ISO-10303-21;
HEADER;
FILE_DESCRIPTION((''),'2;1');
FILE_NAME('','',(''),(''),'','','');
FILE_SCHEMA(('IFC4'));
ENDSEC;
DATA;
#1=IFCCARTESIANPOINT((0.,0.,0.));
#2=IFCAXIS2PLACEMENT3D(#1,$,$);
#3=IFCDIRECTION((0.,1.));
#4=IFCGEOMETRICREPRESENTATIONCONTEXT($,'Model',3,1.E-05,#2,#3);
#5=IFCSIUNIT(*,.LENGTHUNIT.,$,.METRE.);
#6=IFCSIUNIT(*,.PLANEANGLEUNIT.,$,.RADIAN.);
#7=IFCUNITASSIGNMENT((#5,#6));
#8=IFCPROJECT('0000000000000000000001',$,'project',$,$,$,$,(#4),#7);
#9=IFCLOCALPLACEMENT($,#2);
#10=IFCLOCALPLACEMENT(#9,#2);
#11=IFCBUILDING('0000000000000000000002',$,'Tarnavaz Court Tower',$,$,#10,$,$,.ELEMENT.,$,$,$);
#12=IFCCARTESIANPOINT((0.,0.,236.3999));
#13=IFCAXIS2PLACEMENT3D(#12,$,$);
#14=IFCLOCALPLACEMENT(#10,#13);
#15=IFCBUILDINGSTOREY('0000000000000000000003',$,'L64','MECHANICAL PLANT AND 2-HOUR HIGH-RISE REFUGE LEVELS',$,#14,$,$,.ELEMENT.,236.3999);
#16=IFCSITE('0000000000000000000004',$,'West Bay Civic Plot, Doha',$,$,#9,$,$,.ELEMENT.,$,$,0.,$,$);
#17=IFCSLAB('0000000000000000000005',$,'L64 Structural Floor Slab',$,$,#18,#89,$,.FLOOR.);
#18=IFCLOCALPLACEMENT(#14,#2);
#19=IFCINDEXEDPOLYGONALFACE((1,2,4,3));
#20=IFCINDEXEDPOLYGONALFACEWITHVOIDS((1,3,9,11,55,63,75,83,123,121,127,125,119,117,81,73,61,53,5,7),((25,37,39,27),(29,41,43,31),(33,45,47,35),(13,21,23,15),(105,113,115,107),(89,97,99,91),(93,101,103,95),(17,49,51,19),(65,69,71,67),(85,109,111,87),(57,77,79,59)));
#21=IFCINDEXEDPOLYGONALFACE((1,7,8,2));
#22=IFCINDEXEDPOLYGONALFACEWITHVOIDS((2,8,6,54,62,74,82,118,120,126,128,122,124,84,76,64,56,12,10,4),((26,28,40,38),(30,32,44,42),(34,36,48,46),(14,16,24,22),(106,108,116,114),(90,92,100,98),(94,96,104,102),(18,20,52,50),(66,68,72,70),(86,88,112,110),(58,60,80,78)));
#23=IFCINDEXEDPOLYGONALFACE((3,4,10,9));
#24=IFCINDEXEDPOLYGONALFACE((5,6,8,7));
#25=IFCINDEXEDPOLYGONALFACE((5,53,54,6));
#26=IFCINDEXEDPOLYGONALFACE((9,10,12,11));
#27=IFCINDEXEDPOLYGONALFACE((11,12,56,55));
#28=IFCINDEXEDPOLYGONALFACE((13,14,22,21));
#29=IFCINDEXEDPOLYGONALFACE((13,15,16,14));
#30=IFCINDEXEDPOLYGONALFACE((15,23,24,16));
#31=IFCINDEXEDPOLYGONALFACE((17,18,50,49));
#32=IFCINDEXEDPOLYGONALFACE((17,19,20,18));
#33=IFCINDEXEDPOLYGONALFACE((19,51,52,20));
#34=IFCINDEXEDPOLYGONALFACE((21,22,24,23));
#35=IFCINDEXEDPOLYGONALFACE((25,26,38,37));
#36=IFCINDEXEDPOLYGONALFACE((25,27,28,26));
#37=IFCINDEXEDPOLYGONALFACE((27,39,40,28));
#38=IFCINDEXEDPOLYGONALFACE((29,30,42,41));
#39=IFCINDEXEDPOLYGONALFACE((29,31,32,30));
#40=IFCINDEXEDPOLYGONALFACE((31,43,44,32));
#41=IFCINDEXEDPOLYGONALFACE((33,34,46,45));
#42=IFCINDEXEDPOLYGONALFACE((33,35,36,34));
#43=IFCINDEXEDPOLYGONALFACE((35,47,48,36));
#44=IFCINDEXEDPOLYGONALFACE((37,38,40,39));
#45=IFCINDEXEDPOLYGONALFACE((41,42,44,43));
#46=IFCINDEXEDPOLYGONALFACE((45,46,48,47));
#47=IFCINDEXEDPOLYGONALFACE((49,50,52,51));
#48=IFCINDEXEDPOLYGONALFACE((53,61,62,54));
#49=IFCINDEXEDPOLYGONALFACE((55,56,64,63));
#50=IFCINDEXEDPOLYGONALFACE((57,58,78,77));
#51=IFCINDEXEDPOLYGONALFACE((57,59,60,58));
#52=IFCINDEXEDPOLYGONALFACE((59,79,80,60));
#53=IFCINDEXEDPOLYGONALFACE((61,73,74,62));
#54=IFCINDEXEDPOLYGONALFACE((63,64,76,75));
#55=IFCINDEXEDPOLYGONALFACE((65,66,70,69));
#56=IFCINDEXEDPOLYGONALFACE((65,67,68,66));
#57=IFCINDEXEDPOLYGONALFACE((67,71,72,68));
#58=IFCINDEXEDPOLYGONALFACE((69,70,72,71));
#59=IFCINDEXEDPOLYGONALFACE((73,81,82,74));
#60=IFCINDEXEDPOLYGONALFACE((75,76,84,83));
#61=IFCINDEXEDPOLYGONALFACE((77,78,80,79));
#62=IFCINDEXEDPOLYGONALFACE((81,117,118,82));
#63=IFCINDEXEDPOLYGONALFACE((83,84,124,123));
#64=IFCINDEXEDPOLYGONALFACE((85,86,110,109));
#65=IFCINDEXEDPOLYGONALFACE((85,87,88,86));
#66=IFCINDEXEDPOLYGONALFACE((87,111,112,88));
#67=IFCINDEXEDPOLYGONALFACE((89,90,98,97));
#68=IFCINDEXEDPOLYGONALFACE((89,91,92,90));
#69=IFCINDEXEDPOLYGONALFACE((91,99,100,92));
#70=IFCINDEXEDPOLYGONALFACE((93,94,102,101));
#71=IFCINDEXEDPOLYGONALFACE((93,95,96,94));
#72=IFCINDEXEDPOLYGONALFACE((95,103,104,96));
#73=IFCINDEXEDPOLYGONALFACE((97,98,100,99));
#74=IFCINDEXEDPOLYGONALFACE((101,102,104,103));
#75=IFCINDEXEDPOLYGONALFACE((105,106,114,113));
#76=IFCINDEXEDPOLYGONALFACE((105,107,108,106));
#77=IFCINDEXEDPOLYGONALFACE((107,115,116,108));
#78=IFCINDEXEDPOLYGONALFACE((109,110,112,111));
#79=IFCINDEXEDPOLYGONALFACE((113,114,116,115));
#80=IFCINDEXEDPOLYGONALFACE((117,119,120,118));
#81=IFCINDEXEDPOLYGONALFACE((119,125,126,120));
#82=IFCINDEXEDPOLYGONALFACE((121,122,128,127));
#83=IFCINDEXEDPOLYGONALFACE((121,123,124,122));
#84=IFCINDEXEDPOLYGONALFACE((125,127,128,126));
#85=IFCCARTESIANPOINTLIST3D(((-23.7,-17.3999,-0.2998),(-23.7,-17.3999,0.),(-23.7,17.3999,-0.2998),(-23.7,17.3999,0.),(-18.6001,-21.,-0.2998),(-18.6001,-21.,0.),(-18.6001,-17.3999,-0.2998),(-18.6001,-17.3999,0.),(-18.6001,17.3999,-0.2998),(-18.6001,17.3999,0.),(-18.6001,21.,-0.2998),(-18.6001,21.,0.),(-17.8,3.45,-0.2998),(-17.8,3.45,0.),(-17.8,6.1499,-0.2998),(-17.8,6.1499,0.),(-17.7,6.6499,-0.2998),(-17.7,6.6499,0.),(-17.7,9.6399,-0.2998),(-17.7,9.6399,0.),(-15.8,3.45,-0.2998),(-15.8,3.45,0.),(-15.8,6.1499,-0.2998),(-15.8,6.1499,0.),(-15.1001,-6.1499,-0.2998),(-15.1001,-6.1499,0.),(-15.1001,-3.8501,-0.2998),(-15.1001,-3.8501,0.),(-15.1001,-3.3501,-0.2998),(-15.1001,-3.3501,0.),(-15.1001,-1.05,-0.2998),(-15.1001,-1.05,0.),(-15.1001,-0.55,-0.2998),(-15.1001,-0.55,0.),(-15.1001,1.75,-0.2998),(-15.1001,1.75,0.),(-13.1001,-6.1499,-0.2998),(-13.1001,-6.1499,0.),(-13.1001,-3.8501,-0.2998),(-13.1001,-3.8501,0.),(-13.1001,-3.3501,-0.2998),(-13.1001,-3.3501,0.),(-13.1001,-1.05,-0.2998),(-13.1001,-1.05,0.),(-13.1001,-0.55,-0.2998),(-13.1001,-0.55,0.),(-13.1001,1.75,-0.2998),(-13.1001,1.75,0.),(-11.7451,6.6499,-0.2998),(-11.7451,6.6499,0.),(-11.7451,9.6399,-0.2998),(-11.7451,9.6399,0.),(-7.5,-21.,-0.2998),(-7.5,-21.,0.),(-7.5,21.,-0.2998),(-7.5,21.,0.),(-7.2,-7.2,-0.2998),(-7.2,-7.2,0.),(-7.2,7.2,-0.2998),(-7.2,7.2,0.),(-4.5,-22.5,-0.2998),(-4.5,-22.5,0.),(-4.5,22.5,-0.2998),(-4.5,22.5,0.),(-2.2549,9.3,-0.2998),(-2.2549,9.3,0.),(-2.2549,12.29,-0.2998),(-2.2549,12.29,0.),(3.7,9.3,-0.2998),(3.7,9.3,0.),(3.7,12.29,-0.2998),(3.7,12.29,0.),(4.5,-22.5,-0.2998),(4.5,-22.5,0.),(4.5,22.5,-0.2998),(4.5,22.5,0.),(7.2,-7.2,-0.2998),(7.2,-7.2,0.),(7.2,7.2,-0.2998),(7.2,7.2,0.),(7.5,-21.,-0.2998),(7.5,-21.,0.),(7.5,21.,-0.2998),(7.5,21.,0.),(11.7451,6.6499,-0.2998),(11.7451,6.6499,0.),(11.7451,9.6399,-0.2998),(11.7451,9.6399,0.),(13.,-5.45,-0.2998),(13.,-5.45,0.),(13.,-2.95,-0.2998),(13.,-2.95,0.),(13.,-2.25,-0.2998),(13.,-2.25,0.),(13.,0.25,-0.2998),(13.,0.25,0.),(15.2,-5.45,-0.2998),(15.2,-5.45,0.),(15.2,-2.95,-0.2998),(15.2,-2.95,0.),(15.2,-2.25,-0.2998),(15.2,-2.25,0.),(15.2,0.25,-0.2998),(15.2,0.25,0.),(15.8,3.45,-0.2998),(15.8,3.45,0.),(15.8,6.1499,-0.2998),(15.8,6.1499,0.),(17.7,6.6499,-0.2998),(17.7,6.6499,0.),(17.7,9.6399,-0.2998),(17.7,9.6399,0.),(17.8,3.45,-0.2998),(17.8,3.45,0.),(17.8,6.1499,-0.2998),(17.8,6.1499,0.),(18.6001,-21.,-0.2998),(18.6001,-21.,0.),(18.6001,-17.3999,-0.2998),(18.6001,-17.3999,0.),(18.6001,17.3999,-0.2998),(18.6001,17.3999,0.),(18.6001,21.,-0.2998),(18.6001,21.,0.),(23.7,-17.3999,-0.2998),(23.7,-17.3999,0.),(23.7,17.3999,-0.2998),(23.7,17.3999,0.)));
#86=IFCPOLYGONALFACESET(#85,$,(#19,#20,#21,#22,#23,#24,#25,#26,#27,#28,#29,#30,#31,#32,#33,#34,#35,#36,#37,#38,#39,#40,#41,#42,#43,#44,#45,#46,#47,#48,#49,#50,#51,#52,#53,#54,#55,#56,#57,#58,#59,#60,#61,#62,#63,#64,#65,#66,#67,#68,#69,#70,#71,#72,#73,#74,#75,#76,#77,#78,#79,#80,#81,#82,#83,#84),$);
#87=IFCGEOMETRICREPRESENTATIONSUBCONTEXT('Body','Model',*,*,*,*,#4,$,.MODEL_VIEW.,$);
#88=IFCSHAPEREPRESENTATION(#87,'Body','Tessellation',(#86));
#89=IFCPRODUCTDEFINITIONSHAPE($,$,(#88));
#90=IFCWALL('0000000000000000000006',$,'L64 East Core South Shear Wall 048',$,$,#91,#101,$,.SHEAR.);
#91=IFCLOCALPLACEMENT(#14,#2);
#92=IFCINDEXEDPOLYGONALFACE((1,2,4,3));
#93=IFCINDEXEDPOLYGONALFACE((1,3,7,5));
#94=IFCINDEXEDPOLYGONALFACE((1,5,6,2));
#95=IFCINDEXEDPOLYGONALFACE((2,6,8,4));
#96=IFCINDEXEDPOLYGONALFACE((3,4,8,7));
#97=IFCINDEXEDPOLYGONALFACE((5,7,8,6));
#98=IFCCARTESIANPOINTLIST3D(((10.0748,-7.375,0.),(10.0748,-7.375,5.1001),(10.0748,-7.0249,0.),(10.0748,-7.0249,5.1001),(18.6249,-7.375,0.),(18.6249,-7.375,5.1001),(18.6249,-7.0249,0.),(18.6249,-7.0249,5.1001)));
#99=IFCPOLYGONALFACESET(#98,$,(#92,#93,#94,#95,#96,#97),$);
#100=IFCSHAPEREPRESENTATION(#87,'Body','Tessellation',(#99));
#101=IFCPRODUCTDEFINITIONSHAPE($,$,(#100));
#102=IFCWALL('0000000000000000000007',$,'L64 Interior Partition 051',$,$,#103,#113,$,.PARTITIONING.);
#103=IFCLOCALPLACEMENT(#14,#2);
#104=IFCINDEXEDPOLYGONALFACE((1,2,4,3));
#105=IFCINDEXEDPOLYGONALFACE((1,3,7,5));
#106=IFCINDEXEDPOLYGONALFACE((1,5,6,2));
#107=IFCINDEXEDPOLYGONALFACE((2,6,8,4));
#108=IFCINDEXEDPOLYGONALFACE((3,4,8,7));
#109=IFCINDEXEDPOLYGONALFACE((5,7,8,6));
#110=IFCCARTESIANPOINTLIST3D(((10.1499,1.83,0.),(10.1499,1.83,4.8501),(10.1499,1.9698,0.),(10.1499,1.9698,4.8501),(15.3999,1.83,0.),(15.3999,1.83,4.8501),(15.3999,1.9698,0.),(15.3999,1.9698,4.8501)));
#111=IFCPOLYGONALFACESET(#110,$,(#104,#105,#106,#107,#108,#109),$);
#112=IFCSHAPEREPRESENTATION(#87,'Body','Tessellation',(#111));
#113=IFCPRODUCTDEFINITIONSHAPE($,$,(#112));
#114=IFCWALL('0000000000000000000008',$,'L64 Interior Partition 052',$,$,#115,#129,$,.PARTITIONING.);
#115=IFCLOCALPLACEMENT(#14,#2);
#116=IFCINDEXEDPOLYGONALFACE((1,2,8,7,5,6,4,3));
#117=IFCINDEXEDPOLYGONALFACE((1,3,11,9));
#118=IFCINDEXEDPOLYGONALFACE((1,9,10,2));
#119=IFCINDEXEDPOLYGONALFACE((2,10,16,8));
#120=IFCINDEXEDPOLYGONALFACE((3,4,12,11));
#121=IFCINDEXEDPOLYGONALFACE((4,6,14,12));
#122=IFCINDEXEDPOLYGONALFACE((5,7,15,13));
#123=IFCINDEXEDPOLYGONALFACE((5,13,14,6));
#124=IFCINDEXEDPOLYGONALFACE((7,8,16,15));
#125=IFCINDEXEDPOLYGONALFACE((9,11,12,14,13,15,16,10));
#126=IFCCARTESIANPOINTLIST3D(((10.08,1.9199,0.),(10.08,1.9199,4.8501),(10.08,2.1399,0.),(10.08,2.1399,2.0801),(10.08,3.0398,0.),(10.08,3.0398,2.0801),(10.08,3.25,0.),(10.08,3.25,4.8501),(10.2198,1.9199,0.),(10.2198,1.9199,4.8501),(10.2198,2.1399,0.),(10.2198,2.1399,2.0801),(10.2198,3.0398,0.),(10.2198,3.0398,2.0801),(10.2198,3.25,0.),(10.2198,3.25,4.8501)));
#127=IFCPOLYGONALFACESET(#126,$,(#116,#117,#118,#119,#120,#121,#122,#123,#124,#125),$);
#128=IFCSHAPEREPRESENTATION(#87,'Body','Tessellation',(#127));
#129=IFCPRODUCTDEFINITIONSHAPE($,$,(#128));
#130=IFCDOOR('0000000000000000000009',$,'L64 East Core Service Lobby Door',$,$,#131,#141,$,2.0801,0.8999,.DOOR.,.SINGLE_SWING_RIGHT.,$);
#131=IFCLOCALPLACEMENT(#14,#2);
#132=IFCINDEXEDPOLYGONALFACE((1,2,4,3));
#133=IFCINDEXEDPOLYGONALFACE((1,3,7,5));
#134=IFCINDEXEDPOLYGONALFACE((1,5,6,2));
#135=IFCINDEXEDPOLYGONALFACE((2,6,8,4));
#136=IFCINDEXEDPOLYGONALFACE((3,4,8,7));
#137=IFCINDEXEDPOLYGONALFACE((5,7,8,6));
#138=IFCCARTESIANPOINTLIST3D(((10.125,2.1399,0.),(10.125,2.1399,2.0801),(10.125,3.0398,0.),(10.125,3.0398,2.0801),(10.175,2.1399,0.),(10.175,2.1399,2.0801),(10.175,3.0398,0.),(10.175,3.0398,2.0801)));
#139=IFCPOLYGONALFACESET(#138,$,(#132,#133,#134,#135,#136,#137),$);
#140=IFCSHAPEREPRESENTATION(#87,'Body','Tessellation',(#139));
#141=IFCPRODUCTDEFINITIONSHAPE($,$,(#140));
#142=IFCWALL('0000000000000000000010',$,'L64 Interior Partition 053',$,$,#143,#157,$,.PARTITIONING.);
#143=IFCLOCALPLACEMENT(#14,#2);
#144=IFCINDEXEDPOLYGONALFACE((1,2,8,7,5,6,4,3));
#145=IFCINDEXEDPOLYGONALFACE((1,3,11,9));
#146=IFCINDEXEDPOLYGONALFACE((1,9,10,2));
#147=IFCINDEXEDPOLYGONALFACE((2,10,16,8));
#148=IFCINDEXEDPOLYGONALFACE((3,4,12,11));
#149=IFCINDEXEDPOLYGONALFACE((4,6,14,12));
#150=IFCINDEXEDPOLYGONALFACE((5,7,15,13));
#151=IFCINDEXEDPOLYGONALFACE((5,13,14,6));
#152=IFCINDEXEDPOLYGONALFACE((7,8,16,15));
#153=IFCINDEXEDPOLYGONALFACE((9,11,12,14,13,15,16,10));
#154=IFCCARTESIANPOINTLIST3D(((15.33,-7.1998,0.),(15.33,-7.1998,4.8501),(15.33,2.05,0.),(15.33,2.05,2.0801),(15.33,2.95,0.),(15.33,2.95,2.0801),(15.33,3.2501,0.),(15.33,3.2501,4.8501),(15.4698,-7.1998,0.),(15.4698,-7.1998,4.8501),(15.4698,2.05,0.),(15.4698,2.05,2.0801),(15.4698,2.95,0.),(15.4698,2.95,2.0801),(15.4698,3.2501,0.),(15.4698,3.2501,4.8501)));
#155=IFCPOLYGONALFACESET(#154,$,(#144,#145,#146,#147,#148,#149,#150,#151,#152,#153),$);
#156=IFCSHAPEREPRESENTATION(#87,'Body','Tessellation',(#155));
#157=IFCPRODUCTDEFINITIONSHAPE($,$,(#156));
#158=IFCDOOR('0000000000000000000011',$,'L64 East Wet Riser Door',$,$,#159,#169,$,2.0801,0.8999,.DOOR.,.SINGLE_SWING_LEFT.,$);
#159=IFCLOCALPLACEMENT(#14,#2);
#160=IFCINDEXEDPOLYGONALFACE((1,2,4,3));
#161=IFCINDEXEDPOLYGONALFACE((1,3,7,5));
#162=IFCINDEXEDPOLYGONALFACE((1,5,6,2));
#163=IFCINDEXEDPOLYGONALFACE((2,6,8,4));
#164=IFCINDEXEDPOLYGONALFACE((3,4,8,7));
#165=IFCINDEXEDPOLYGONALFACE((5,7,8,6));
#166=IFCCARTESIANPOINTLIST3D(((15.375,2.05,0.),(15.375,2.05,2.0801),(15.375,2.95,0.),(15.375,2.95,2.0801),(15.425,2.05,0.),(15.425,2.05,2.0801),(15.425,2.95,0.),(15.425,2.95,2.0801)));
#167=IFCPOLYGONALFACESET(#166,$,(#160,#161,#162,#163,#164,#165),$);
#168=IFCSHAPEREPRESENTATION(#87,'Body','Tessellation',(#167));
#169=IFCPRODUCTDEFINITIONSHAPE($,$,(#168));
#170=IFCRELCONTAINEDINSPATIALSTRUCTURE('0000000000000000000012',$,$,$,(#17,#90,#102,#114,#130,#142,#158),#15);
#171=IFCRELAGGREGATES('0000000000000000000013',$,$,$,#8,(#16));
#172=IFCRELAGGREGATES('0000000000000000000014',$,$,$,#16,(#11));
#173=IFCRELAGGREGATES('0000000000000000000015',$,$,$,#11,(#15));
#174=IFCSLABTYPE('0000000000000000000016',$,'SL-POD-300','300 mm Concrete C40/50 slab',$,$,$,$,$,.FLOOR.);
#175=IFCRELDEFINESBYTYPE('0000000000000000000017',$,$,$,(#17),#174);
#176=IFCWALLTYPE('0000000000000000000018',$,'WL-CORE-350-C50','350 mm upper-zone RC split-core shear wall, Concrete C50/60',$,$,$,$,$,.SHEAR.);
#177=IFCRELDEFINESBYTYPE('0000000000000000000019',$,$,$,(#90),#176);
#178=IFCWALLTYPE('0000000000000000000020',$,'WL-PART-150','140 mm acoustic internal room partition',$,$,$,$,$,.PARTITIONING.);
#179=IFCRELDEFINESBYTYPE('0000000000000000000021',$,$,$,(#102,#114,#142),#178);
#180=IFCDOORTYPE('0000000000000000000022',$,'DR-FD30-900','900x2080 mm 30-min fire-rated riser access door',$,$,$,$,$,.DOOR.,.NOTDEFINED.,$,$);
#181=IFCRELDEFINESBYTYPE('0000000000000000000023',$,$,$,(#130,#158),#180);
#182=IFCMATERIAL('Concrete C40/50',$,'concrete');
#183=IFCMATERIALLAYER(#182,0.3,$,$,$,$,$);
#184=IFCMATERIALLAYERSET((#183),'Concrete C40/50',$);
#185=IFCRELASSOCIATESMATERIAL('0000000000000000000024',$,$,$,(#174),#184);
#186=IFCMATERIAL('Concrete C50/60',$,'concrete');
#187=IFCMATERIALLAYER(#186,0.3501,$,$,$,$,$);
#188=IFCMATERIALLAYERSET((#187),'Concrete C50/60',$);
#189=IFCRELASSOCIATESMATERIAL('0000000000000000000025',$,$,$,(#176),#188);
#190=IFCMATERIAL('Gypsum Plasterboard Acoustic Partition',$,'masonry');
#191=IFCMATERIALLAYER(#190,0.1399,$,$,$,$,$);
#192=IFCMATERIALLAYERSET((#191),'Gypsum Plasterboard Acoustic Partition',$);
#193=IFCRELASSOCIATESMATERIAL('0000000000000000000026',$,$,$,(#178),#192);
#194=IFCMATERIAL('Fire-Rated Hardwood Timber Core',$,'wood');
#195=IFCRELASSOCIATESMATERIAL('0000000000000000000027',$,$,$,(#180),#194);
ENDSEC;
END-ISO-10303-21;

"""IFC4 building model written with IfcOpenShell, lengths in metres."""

from ifc_helpers import new_model, si_unit, direction, frame, frame_2d, origin, place, context, subcontext, project, spatial, polyline, rectangle, outline, extrude, material, layer, layer_set, type_object, element, fill, save


model = new_model("IFC4")

# Units and contexts
model_context = context("Model", 3, precision=1e-05, world=origin(), true_north=direction((0.0, 1.0)))
body_context = subcontext(model_context, "Body", "Model", "MODEL_VIEW")
ifc_project = project(units=[si_unit("LENGTHUNIT", "METRE"), si_unit("PLANEANGLEUNIT", "RADIAN")], contexts=[model_context])

# Site, building, storey
site_placement = place(None, origin())
site = spatial("IfcSite", under=ifc_project, at=site_placement, Name="West Bay Civic Plot, Doha", CompositionType="ELEMENT", RefElevation=0.0)
building_placement = place(site_placement, origin())
building = spatial("IfcBuilding", under=site, at=building_placement, Name="Tarnavaz Court Tower", CompositionType="ELEMENT")
storey_placement = place(building_placement, frame((0.0, 0.0, 236.3999)))
storey = spatial("IfcBuildingStorey", under=building, at=storey_placement, Name="L64", Description="MECHANICAL PLANT AND 2-HOUR HIGH-RISE REFUGE LEVELS", CompositionType="ELEMENT", Elevation=236.3999)

# Shared definitions
ifc_material_1 = material(Name="Concrete C50/60", Category="concrete")

# Shared definitions
ifc_material_2 = material(Name="Concrete C40/50", Category="concrete")

# Slab
ifc_layer_1 = layer(ifc_material_2, 0.3)
ifc_layer_set_1 = layer_set([ifc_layer_1], Name="Concrete C40/50")
slab_type_1 = type_object("IfcSlabType", Name="SL-POD-300", Description="300 mm Concrete C40/50 slab", PredefinedType="FLOOR", material=ifc_layer_set_1)
slab_1_placement = place(storey_placement, frame((0.0, 0.0, -0.2998)))
element("IfcSlab", 1, at=slab_1_placement, inside=storey, type_object=slab_type_1, Name="L64 Structural Floor Slab", PredefinedType="FLOOR", context=body_context, shape_type="SweptSolid", body=[
    extrude(outline(polyline([(-18.6001, -21.0), (-7.5, -21.0), (-4.5, -22.5), (4.5, -22.5), (7.5, -21.0), (18.6001, -21.0), (18.6001, -17.3999), (23.7, -17.3999), (23.7, 17.3999), (18.6001, 17.3999), (18.6001, 21.0), (7.5, 21.0), (4.5, 22.5), (-4.5, 22.5), (-7.5, 21.0), (-18.6001, 21.0), (-18.6001, 17.3999), (-23.7, 17.3999), (-23.7, -17.3999), (-18.6001, -17.3999), (-18.6001, -21.0)]), holes=[polyline([(-7.2, -7.2), (7.2, -7.2), (7.2, 7.2), (-7.2, 7.2), (-7.2, -7.2)]), polyline([(-11.7451, 9.6399), (-17.7, 9.6399), (-17.7, 6.6499), (-11.7451, 6.6499), (-11.7451, 9.6399)]), polyline([(11.7451, 6.6499), (17.7, 6.6499), (17.7, 9.6399), (11.7451, 9.6399), (11.7451, 6.6499)]), polyline([(-2.2549, 9.3), (3.7, 9.3), (3.7, 12.29), (-2.2549, 12.29), (-2.2549, 9.3)]), polyline([(-17.8, 3.45), (-15.8, 3.45), (-15.8, 6.1499), (-17.8, 6.1499), (-17.8, 3.45)]), polyline([(-15.1001, -6.1499), (-13.1001, -6.1499), (-13.1001, -3.8501), (-15.1001, -3.8501), (-15.1001, -6.1499)]), polyline([(-15.1001, -3.3501), (-13.1001, -3.3501), (-13.1001, -1.05), (-15.1001, -1.05), (-15.1001, -3.3501)]), polyline([(-15.1001, -0.55), (-13.1001, -0.55), (-13.1001, 1.75), (-15.1001, 1.75), (-15.1001, -0.55)]), polyline([(15.8, 3.45), (17.8, 3.45), (17.8, 6.1499), (15.8, 6.1499), (15.8, 3.45)]), polyline([(13.0, -5.45), (15.2, -5.45), (15.2, -2.95), (13.0, -2.95), (13.0, -5.45)]), polyline([(13.0, -2.25), (15.2, -2.25), (15.2, 0.25), (13.0, 0.25), (13.0, -2.25)])]), origin(), (0.0, 0.0, 1.0), 0.2998),
])

# Walls
ifc_layer_2 = layer(ifc_material_1, 0.3501)
ifc_layer_set_2 = layer_set([ifc_layer_2], Name="Concrete C50/60")
wall_type_1 = type_object("IfcWallType", Name="WL-CORE-350-C50", Description="350 mm upper-zone RC split-core shear wall, Concrete C50/60", PredefinedType="SHEAR", material=ifc_layer_set_2)
wall_1_placement = place(storey_placement, frame((10.075, -7.2, 0.0), z_axis=(0.0, 0.0, 1.0), x_axis=(1.0, 0.0, 0.0)))
element("IfcWall", 2, at=wall_1_placement, inside=storey, type_object=wall_type_1, Name="L64 East Core South Shear Wall 048", PredefinedType="SHEAR", context=body_context, shape_type="SweptSolid", body=[
    extrude(rectangle(XDim=8.55, YDim=0.3501, at=frame_2d((4.2749, 0.0))), origin(), (0.0, 0.0, 1.0), 5.1001),
])
ifc_material_3 = material(Name="Gypsum Plasterboard Acoustic Partition", Category="masonry")
ifc_layer_3 = layer(ifc_material_3, 0.1399)
ifc_layer_set_3 = layer_set([ifc_layer_3], Name="Gypsum Plasterboard Acoustic Partition")
wall_type_2 = type_object("IfcWallType", Name="WL-PART-150", Description="140 mm acoustic internal room partition", PredefinedType="PARTITIONING", material=ifc_layer_set_3)
wall_2_placement = place(storey_placement, frame((10.1499, 1.8999, 0.0), z_axis=(0.0, 0.0, 1.0), x_axis=(1.0, 0.0, 0.0)))
element("IfcWall", 3, at=wall_2_placement, inside=storey, type_object=wall_type_2, Name="L64 Interior Partition 051", PredefinedType="PARTITIONING", context=body_context, shape_type="SweptSolid", body=[
    extrude(rectangle(XDim=5.25, YDim=0.1399, at=frame_2d((2.625, 0.0))), origin(), (0.0, 0.0, 1.0), 4.8501),
])

# Walls, openings, doors
wall_3_placement = place(storey_placement, frame((10.1499, 1.9199, 0.0), z_axis=(0.0, 0.0, 1.0), x_axis=(0.0, 1.0, 0.0)))
wall_3 = element("IfcWall", 4, at=wall_3_placement, inside=storey, type_object=wall_type_2, Name="L64 Interior Partition 052", PredefinedType="PARTITIONING", context=body_context, shape_type="SweptSolid", body=[
    extrude(rectangle(XDim=1.3301, YDim=0.1399, at=frame_2d((0.665, 0.0))), origin(), (0.0, 0.0, 1.0), 4.8501),
])
opening_1_placement = place(wall_3_placement, frame((0.22, 0.0, 0.0)))
opening_1 = element("IfcOpeningElement", 5, at=opening_1_placement, cuts=wall_3, PredefinedType="OPENING", context=body_context, shape_type="SweptSolid", body=[
    extrude(rectangle(XDim=0.8999, YDim=2.0801, at=frame_2d((0.45, 1.04))), frame((0.0, 0.0798, 0.0), z_axis=(0.0, -1.0, 0.0), x_axis=(1.0, 0.0, 0.0)), (0.0, 0.0, 1.0), 0.1599),
])
ifc_material_4 = material(Name="Fire-Rated Hardwood Timber Core", Category="wood")
door_type = type_object("IfcDoorType", Name="DR-FD30-900", Description="900x2080 mm 30-min fire-rated riser access door", OperationType="NOTDEFINED", PredefinedType="DOOR", material=ifc_material_4)
door_1_placement = place(opening_1_placement, origin())
door_1 = element("IfcDoor", 6, at=door_1_placement, inside=storey, type_object=door_type, Name="L64 East Core Service Lobby Door", OperationType="SINGLE_SWING_RIGHT", OverallHeight=2.0801, OverallWidth=0.8999, PredefinedType="DOOR", context=body_context, shape_type="SweptSolid", body=[
    extrude(rectangle(XDim=0.8999, YDim=2.0801, at=frame_2d((0.45, 1.04))), frame((0.0, 0.0249, 0.0), z_axis=(0.0, -1.0, 0.0), x_axis=(1.0, 0.0, 0.0)), (0.0, 0.0, 1.0), 0.05),
])
fill(opening_1, door_1)
wall_4_placement = place(storey_placement, frame((15.3999, -7.2, 0.0), z_axis=(0.0, 0.0, 1.0), x_axis=(0.0, 1.0, 0.0)))
wall_4 = element("IfcWall", 7, at=wall_4_placement, inside=storey, type_object=wall_type_2, Name="L64 Interior Partition 053", PredefinedType="PARTITIONING", context=body_context, shape_type="SweptSolid", body=[
    extrude(rectangle(XDim=10.45, YDim=0.1399, at=frame_2d((5.2251, 0.0))), origin(), (0.0, 0.0, 1.0), 4.8501),
])
opening_2_placement = place(wall_4_placement, frame((9.25, 0.0, 0.0)))
opening_2 = element("IfcOpeningElement", 8, at=opening_2_placement, cuts=wall_4, PredefinedType="OPENING", context=body_context, shape_type="SweptSolid", body=[
    extrude(rectangle(XDim=0.8999, YDim=2.0801, at=frame_2d((0.45, 1.04))), frame((0.0, 0.0798, 0.0), z_axis=(0.0, -1.0, 0.0), x_axis=(1.0, 0.0, 0.0)), (0.0, 0.0, 1.0), 0.1599),
])
door_2_placement = place(opening_2_placement, origin())
door_2 = element("IfcDoor", 9, at=door_2_placement, inside=storey, type_object=door_type, Name="L64 East Wet Riser Door", OperationType="SINGLE_SWING_LEFT", OverallHeight=2.0801, OverallWidth=0.8999, PredefinedType="DOOR", context=body_context, shape_type="SweptSolid", body=[
    extrude(rectangle(XDim=0.8999, YDim=2.0801, at=frame_2d((0.45, 1.04))), frame((0.0, 0.0249, 0.0), z_axis=(0.0, -1.0, 0.0), x_axis=(1.0, 0.0, 0.0)), (0.0, 0.0, 1.0), 0.05),
])
fill(opening_2, door_2)

save(model, "model.ifc")
